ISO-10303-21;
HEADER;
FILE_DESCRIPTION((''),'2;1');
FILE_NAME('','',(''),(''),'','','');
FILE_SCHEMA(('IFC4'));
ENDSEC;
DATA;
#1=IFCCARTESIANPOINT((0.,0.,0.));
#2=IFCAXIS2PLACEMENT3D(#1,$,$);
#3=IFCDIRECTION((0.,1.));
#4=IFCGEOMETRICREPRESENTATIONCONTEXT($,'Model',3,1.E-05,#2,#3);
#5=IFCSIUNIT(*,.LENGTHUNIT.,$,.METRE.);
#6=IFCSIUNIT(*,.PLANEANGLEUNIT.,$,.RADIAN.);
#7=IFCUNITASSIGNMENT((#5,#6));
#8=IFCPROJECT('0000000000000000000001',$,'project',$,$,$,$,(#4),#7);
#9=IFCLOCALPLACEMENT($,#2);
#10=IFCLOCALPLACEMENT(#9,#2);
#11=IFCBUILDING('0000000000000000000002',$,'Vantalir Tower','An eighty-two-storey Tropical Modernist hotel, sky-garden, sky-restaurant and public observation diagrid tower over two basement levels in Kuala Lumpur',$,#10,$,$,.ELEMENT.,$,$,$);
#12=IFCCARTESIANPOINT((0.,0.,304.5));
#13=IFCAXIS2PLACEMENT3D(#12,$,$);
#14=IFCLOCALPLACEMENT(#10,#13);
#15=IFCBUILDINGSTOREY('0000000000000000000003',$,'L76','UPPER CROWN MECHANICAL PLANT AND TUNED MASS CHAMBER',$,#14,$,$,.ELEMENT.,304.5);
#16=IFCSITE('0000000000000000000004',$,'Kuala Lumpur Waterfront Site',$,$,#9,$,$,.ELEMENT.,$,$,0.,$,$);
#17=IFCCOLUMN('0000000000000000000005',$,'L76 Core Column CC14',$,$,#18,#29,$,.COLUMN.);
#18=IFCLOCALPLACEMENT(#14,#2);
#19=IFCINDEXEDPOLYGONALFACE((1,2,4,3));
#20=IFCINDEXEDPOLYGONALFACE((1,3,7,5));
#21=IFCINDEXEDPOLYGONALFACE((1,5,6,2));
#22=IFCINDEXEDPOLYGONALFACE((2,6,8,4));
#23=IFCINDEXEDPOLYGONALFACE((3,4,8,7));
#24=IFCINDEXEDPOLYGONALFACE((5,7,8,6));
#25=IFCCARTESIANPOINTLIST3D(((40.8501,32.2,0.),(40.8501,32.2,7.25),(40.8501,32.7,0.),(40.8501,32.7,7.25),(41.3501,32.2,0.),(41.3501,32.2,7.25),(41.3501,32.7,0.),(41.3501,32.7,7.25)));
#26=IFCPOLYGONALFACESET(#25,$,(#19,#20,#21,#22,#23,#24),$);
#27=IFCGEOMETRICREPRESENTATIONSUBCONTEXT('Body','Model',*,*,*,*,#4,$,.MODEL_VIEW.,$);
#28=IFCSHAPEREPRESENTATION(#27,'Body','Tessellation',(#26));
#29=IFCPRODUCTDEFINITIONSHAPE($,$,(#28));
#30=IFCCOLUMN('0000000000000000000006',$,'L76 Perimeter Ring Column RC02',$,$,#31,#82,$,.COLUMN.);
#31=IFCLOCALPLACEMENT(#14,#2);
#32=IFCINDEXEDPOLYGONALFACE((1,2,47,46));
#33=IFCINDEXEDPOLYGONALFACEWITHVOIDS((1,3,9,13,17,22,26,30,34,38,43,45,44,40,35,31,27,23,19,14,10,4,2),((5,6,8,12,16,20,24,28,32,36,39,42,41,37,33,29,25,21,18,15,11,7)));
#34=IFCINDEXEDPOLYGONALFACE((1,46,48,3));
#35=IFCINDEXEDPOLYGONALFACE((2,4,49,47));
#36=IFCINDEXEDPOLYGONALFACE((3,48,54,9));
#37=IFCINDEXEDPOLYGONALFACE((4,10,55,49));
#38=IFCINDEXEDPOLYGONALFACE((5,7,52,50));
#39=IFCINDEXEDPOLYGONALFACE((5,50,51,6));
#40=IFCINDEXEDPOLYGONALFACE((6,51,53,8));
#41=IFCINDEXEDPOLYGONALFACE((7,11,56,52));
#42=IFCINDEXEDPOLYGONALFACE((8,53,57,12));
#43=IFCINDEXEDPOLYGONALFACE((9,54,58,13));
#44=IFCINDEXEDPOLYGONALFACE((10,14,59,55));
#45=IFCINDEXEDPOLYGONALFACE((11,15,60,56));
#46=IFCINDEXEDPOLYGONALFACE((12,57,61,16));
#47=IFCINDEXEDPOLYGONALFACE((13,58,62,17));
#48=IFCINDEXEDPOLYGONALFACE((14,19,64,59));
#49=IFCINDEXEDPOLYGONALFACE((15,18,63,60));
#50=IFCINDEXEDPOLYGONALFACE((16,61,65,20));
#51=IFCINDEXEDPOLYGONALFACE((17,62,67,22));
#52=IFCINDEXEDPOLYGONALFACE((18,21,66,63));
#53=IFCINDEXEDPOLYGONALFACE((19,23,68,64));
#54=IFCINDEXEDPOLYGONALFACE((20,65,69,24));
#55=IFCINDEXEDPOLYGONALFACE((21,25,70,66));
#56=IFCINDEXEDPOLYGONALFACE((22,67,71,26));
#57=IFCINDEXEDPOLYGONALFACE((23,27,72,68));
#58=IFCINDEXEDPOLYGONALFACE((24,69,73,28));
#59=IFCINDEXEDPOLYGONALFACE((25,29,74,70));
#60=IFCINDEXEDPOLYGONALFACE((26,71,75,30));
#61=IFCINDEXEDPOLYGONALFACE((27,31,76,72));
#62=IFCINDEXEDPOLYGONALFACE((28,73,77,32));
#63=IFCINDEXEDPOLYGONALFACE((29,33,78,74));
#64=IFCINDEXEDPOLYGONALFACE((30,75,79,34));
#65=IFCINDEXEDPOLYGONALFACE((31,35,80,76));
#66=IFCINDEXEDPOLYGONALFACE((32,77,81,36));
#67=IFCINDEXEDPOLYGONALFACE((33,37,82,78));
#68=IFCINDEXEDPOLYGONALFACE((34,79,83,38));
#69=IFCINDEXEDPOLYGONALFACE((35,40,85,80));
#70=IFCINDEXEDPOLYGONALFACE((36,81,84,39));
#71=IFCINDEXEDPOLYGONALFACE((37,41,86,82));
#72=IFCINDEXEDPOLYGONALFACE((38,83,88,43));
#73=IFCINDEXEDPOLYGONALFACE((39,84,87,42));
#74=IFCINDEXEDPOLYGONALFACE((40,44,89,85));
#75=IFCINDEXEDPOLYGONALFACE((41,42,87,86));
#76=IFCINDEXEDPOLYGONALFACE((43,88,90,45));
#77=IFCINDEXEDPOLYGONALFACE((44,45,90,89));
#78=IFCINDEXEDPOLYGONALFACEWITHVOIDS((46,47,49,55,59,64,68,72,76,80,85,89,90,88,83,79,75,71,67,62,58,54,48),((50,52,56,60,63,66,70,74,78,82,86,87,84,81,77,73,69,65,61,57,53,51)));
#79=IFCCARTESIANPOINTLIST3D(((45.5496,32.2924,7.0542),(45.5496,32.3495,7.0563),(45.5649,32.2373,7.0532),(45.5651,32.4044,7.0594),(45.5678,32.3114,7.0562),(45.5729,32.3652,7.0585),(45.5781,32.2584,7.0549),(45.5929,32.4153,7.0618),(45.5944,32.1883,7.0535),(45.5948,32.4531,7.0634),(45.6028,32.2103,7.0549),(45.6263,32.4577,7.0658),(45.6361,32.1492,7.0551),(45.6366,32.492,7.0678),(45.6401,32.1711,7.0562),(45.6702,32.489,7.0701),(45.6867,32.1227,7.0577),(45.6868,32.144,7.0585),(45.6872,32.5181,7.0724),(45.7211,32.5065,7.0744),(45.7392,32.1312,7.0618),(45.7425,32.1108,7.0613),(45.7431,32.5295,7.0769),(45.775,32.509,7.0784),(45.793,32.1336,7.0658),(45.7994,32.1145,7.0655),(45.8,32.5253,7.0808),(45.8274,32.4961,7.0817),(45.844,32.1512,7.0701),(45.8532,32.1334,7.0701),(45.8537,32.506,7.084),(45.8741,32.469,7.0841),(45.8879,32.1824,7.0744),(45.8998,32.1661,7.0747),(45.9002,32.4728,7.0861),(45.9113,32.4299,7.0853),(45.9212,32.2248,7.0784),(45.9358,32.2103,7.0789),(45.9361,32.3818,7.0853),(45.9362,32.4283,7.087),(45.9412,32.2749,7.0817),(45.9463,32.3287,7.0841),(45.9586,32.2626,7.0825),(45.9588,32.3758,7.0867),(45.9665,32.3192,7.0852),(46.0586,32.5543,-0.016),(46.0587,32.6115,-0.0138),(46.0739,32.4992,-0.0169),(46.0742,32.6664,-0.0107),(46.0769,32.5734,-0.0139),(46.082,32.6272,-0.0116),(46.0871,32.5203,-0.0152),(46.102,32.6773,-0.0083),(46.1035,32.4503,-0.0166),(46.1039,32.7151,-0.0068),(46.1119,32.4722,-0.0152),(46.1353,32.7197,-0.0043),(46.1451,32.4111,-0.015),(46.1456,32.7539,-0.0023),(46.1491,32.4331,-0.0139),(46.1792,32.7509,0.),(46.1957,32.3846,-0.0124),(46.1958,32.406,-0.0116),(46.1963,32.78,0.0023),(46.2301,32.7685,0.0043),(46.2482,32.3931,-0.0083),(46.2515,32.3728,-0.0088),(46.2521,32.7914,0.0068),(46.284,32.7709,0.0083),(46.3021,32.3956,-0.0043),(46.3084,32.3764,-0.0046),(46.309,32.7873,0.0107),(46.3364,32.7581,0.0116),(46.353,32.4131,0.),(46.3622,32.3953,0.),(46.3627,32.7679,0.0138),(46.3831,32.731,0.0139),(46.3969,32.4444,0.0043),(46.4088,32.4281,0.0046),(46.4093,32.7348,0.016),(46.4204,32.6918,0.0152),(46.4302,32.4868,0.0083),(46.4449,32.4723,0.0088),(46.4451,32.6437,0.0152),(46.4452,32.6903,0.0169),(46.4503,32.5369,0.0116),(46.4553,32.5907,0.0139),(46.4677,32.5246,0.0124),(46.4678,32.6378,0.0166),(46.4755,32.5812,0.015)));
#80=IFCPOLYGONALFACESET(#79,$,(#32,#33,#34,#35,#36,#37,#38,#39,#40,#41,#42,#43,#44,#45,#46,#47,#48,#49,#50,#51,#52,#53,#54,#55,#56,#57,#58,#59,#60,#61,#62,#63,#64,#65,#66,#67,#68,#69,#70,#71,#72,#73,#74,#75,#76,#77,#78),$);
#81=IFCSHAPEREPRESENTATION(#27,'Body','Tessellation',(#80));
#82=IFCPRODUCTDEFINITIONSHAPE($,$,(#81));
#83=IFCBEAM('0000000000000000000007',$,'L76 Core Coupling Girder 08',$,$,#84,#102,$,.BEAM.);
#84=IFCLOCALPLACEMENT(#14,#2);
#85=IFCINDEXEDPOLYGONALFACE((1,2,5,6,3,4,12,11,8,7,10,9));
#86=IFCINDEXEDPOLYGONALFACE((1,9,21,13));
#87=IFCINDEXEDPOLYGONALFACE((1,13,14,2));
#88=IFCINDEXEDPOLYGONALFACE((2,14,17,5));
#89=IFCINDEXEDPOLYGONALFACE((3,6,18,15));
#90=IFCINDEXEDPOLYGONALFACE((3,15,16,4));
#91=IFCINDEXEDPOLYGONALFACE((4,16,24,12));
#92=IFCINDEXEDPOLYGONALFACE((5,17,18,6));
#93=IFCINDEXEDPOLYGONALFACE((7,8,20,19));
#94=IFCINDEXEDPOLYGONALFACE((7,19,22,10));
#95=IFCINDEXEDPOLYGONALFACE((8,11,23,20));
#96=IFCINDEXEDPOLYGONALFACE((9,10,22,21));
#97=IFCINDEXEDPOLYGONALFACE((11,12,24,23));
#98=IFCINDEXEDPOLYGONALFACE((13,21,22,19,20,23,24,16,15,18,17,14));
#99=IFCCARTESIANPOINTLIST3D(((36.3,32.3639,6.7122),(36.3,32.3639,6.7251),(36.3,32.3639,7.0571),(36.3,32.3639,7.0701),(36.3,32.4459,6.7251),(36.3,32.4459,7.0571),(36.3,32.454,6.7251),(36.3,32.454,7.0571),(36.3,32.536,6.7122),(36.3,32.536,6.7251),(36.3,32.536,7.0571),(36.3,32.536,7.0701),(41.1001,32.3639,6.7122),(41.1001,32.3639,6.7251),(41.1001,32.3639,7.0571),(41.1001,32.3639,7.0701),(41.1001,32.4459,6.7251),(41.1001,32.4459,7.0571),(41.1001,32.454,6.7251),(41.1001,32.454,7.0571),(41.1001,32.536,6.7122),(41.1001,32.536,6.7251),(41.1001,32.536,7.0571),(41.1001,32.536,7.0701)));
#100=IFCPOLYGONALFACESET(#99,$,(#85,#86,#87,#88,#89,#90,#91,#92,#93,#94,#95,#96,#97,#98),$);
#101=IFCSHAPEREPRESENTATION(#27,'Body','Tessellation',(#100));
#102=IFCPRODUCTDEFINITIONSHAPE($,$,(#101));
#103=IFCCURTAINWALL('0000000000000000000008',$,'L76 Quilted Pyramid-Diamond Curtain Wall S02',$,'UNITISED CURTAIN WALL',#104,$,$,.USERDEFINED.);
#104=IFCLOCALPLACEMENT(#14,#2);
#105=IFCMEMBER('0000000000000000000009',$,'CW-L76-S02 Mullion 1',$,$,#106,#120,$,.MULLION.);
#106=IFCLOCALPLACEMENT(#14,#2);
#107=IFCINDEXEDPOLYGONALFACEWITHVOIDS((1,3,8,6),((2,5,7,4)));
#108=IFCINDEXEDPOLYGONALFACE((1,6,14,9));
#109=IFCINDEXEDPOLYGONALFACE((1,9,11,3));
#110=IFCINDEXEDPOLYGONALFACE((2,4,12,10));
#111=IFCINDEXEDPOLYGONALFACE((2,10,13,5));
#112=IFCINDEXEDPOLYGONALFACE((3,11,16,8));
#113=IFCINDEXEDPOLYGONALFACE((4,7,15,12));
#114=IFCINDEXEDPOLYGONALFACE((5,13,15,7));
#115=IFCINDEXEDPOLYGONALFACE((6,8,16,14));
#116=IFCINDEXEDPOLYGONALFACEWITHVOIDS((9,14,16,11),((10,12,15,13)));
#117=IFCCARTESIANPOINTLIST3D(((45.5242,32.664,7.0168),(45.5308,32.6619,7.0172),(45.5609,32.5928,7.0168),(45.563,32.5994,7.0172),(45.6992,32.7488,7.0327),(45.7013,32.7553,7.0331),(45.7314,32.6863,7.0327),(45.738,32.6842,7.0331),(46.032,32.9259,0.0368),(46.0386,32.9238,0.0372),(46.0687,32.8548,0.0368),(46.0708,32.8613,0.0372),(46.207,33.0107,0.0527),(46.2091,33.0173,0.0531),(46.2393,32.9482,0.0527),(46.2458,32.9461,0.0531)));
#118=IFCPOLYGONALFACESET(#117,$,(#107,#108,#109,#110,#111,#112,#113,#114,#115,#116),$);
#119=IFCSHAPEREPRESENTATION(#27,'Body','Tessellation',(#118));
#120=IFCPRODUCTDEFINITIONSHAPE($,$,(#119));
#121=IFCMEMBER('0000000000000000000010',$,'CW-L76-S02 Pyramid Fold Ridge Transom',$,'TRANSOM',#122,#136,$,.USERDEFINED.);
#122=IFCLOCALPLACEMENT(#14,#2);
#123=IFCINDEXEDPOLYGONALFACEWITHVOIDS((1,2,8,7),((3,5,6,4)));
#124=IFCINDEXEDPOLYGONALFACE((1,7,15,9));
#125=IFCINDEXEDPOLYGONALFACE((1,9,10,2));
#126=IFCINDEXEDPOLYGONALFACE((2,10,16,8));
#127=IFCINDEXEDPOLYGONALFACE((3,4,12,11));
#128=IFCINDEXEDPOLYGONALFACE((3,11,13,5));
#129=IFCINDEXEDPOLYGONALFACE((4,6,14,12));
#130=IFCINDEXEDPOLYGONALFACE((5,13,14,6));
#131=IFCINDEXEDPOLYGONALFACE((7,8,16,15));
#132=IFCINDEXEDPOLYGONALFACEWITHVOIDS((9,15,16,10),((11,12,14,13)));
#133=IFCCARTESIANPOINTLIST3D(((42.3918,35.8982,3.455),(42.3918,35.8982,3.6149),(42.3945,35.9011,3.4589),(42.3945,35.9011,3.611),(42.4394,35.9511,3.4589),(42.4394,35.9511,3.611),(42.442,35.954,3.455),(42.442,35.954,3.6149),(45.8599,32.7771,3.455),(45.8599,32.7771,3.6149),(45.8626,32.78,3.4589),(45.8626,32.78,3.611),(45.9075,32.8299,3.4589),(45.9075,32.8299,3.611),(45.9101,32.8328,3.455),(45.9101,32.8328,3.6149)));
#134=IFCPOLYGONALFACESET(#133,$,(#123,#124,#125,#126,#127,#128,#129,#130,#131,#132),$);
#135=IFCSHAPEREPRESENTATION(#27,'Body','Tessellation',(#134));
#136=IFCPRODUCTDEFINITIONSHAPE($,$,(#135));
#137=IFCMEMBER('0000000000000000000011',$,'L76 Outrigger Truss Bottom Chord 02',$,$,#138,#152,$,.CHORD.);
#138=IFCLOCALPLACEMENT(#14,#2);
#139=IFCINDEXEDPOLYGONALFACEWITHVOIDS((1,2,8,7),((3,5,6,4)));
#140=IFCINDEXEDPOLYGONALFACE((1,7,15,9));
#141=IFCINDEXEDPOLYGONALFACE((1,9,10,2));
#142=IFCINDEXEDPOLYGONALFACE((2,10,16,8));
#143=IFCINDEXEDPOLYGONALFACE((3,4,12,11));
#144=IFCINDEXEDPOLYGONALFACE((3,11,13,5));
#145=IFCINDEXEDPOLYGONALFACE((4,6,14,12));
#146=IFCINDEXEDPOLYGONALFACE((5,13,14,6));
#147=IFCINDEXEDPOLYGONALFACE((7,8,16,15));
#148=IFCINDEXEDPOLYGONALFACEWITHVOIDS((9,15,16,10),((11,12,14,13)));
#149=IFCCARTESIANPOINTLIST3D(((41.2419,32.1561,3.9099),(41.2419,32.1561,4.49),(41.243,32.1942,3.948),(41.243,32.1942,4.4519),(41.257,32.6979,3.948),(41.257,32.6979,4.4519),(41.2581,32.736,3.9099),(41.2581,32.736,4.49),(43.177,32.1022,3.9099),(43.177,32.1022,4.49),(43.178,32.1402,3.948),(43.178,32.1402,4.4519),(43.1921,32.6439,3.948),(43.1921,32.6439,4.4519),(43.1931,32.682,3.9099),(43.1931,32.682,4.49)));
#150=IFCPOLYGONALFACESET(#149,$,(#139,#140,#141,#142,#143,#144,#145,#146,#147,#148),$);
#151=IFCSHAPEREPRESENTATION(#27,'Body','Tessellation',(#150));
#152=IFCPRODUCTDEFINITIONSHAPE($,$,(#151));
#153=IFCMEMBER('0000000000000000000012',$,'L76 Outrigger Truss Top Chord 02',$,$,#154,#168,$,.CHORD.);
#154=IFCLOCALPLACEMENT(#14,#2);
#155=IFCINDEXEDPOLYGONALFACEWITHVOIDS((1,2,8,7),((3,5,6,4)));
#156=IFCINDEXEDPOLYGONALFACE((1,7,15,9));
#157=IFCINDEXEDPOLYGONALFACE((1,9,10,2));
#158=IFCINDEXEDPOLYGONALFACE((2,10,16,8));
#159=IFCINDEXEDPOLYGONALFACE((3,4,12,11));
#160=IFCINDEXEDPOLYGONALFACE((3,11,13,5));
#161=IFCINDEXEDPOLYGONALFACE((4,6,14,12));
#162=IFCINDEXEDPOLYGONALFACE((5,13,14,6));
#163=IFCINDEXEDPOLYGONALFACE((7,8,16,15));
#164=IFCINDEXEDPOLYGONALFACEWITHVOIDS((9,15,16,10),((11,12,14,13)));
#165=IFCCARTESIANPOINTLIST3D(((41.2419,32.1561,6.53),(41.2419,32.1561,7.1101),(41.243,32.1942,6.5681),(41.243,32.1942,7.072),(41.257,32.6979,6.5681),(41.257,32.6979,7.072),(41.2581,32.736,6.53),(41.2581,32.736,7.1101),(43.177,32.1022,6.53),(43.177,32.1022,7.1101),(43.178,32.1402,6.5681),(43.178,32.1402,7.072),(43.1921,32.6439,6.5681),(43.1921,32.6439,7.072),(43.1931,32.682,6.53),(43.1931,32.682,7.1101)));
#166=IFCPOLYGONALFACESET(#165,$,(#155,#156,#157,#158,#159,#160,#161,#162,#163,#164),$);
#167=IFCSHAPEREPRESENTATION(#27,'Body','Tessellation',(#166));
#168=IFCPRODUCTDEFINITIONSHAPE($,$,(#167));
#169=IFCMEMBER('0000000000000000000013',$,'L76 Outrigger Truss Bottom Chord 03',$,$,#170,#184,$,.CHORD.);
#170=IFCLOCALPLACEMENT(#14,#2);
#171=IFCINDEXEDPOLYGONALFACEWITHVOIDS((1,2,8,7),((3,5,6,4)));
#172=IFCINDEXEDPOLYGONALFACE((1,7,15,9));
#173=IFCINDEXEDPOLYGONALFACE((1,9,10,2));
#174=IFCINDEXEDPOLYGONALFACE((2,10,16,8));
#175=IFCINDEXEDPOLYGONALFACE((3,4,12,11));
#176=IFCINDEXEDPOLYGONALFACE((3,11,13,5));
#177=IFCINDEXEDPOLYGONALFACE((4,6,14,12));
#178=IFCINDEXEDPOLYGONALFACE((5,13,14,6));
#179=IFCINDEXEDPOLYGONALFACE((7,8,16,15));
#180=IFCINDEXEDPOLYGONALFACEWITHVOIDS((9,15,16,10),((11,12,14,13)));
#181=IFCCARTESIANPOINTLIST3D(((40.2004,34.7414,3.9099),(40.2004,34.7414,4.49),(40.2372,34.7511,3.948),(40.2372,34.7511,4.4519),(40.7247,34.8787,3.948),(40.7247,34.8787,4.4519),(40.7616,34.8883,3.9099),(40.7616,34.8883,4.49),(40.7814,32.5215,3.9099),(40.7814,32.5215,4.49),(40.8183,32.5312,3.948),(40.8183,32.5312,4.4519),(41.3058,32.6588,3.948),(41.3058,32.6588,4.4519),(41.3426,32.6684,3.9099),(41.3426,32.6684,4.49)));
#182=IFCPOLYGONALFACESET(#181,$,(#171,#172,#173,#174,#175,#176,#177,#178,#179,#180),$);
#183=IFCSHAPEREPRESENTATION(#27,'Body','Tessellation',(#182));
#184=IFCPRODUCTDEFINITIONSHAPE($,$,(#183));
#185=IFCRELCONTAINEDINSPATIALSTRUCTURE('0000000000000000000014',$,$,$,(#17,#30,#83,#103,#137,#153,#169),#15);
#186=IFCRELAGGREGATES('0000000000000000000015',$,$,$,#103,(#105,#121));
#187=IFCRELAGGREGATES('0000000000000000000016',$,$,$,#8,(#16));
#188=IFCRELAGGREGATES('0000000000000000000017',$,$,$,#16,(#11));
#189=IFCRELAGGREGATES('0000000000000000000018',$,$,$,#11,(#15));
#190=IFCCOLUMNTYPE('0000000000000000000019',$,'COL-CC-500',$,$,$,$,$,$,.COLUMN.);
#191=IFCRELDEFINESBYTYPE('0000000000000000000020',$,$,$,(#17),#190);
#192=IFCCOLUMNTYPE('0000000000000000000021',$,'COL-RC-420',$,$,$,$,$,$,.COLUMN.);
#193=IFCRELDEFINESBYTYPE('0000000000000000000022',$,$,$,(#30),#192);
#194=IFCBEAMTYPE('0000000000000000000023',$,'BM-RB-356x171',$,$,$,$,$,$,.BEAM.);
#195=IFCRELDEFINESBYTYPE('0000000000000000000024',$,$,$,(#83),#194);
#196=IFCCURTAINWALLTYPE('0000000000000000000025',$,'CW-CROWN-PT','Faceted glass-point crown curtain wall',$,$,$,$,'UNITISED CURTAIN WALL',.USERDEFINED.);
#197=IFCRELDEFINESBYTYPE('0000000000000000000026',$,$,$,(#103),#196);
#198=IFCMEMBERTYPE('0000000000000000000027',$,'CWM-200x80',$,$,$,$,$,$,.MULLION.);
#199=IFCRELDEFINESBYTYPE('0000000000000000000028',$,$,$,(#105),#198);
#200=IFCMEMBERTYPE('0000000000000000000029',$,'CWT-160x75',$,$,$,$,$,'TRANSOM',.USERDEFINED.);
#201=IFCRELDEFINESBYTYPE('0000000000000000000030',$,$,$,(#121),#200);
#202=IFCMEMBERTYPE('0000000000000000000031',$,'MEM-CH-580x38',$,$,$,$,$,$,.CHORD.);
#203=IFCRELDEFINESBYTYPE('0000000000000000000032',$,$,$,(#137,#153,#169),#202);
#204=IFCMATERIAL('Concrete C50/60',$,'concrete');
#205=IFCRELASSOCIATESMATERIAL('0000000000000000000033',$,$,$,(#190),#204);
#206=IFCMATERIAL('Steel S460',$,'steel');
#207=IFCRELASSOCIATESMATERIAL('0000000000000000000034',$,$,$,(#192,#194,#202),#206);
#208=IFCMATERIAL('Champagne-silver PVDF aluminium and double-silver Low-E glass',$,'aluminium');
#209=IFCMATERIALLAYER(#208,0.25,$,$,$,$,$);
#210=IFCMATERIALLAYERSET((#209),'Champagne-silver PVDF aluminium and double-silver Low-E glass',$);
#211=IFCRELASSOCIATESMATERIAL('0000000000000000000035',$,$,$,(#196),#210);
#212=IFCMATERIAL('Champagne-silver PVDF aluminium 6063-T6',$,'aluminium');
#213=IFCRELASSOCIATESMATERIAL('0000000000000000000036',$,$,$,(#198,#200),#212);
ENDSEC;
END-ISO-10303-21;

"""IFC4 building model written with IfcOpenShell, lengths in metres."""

from ifc_helpers import new_model, si_unit, direction, frame, origin, origin_2d, place, context, subcontext, project, spatial, rectangle, hollow_rectangle, hollow_circle, i_section, extrude, material, layer, layer_set, material_profile, profile_set, type_object, element, aggregate, save


model = new_model("IFC4")

# Units and contexts
model_context = context("Model", 3, precision=1e-05, world=origin(), true_north=direction((0.0, 1.0)))
body_context = subcontext(model_context, "Body", "Model", "MODEL_VIEW")
ifc_project = project(units=[si_unit("LENGTHUNIT", "METRE"), si_unit("PLANEANGLEUNIT", "RADIAN")], contexts=[model_context])

# Site, building, storey
site_placement = place(None, origin())
site = spatial("IfcSite", under=ifc_project, at=site_placement, Name="Kuala Lumpur Waterfront Site", CompositionType="ELEMENT", RefElevation=0.0)
building_placement = place(site_placement, origin())
building = spatial("IfcBuilding", under=site, at=building_placement, Name="Vantalir Tower", Description="An eighty-two-storey Tropical Modernist hotel, sky-garden, sky-restaurant and public observation diagrid tower over two basement levels in Kuala Lumpur", CompositionType="ELEMENT")
storey_placement = place(building_placement, frame((0.0, 0.0, 304.5)))
storey = spatial("IfcBuildingStorey", under=building, at=storey_placement, Name="L76", Description="UPPER CROWN MECHANICAL PLANT AND TUNED MASS CHAMBER", CompositionType="ELEMENT", Elevation=304.5)

# Columns
ifc_material_1 = material(Name="Concrete C50/60", Category="concrete")
ifc_material_profile_1 = material_profile(ifc_material_1, rectangle(XDim=0.5, YDim=0.5, at=origin_2d()), Name="Concrete C50/60")
ifc_profile_set_1 = profile_set([ifc_material_profile_1], Name="Concrete C50/60")
column_type_1 = type_object("IfcColumnType", Name="COL-CC-500", PredefinedType="COLUMN", material=ifc_profile_set_1)
column_1_placement = place(storey_placement, frame((41.1001, 32.45, 0.0), z_axis=(0.0, 0.0, 1.0), x_axis=(1.0, 0.0, 0.0)))
element("IfcColumn", 1, at=column_1_placement, inside=storey, type_object=column_type_1, Name="L76 Core Column CC14", PredefinedType="COLUMN", context=body_context, shape_type="SweptSolid", body=[
    extrude(rectangle(XDim=0.5, YDim=0.5, at=origin_2d()), origin(), (0.0, 0.0, 1.0), 7.25),
])
ifc_material_2 = material(Name="Steel S460", Category="steel")
ifc_material_profile_2 = material_profile(ifc_material_2, hollow_circle(Radius=0.21, WallThickness=0.02, at=origin_2d()), Name="Steel S460")
ifc_profile_set_2 = profile_set([ifc_material_profile_2], Name="Steel S460")
column_type_2 = type_object("IfcColumnType", Name="COL-RC-420", PredefinedType="COLUMN", material=ifc_profile_set_2)
column_2_placement = place(storey_placement, frame((46.2661, 32.582, 0.0), z_axis=(-0.071763, -0.036932, 0.996738), x_axis=(0.457589, -0.889164, 0.0)))
element("IfcColumn", 2, at=column_2_placement, inside=storey, type_object=column_type_2, Name="L76 Perimeter Ring Column RC02", PredefinedType="COLUMN", context=body_context, shape_type="SweptSolid", body=[
    extrude(hollow_circle(Radius=0.21, WallThickness=0.02, at=origin_2d()), origin(), (0.0, 0.0, 1.0), 7.0933),
])

# Beam
ifc_material_profile_3 = material_profile(ifc_material_2, i_section(OverallWidth=0.1721, OverallDepth=0.3579, WebThickness=0.0081, FlangeThickness=0.0129, at=origin_2d()), Name="Steel S460")
ifc_profile_set_3 = profile_set([ifc_material_profile_3], Name="Steel S460")
beam_type = type_object("IfcBeamType", Name="BM-RB-356x171", PredefinedType="BEAM", material=ifc_profile_set_3)
beam_placement = place(storey_placement, frame((41.1001, 32.45, 6.8911), z_axis=(-1.0, 0.0, 0.0), x_axis=(0.0, -1.0, 0.0)))
element("IfcBeam", 3, at=beam_placement, inside=storey, type_object=beam_type, Name="L76 Core Coupling Girder 08", PredefinedType="BEAM", context=body_context, shape_type="SweptSolid", body=[
    extrude(i_section(OverallWidth=0.1721, OverallDepth=0.3579, WebThickness=0.0081, FlangeThickness=0.0129, at=origin_2d()), origin(), (0.0, 0.0, 1.0), 4.8),
])

# Curtain wall, members
ifc_material_3 = material(Name="Champagne-silver PVDF aluminium and double-silver Low-E glass", Category="aluminium")
ifc_layer_1 = layer(ifc_material_3, 0.25)
ifc_layer_set_1 = layer_set([ifc_layer_1], Name="Champagne-silver PVDF aluminium and double-silver Low-E glass")
curtain_wall_type = type_object("IfcCurtainWallType", Name="CW-CROWN-PT", Description="Faceted glass-point crown curtain wall", ElementType="UNITISED CURTAIN WALL", PredefinedType="USERDEFINED", material=ifc_layer_set_1)
curtain_wall_placement = place(storey_placement, origin())
curtain_wall = element("IfcCurtainWall", 4, at=curtain_wall_placement, inside=storey, type_object=curtain_wall_type, Name="L76 Quilted Pyramid-Diamond Curtain Wall S02", ObjectType="UNITISED CURTAIN WALL", PredefinedType="USERDEFINED")
ifc_material_4 = material(Name="Champagne-silver PVDF aluminium 6063-T6", Category="aluminium")
ifc_material_profile_4 = material_profile(ifc_material_4, hollow_rectangle(XDim=0.0801, YDim=0.2, WallThickness=0.0049, at=origin_2d()), Name="Champagne-silver PVDF aluminium 6063-T6")
ifc_profile_set_4 = profile_set([ifc_material_profile_4], Name="Champagne-silver PVDF aluminium 6063-T6")
member_type_1 = type_object("IfcMemberType", Name="CWM-200x80", PredefinedType="MULLION", material=ifc_profile_set_4)
member_1_placement = place(storey_placement, frame((46.1389, 32.936, 0.0449), z_axis=(-0.07251, -0.037405, 0.996666), x_axis=(0.458458, -0.888716, 0.0)))
member_1 = element("IfcMember", 5, at=member_1_placement, type_object=member_type_1, Name="CW-L76-S02 Mullion 1", PredefinedType="MULLION", context=body_context, shape_type="SweptSolid", body=[
    extrude(hollow_rectangle(XDim=0.0801, YDim=0.2, WallThickness=0.0049, at=origin_2d()), origin(), (0.0, 0.0, 1.0), 7.0034),
])
ifc_material_profile_5 = material_profile(ifc_material_4, hollow_rectangle(XDim=0.075, YDim=0.1599, WallThickness=0.0039, at=origin_2d()), Name="Champagne-silver PVDF aluminium 6063-T6")
ifc_profile_set_5 = profile_set([ifc_material_profile_5], Name="Champagne-silver PVDF aluminium 6063-T6")
member_type_2 = type_object("IfcMemberType", Name="CWT-160x75", ElementType="TRANSOM", PredefinedType="USERDEFINED", material=ifc_profile_set_5)
member_2_placement = place(storey_placement, frame((45.885, 32.8049, 3.5349), z_axis=(-0.743307, 0.66895, 0.0), x_axis=(-0.66895, -0.743307, 0.0)))
member_2 = element("IfcMember", 6, at=member_2_placement, type_object=member_type_2, Name="CW-L76-S02 Pyramid Fold Ridge Transom", ObjectType="TRANSOM", PredefinedType="USERDEFINED", context=body_context, shape_type="SweptSolid", body=[
    extrude(hollow_rectangle(XDim=0.075, YDim=0.1599, WallThickness=0.0039, at=origin_2d()), origin(), (0.0, 0.0, 1.0), 4.6658),
])

# Members
ifc_material_profile_6 = material_profile(ifc_material_2, hollow_rectangle(XDim=0.5801, YDim=0.5801, WallThickness=0.0381, at=origin_2d()), Name="Steel S460")
ifc_profile_set_6 = profile_set([ifc_material_profile_6], Name="Steel S460")
member_type_3 = type_object("IfcMemberType", Name="MEM-CH-580x38", PredefinedType="CHORD", material=ifc_profile_set_6)
for number, where, z_axis, x_axis, name in (
    (7, (41.25, 32.446, 4.2), (0.999611, -0.027872, 0.0), (0.027872, 0.999611, 0.0), "L76 Outrigger Truss Bottom Chord 02"),
    (8, (41.25, 32.446, 6.8201), (0.999611, -0.027872, 0.0), (0.027872, 0.999611, 0.0), "L76 Outrigger Truss Top Chord 02"),
):
    element("IfcMember", number, at=place(storey_placement, frame(where, z_axis=z_axis, x_axis=x_axis)), inside=storey, type_object=member_type_3, Name=name, PredefinedType="CHORD", context=body_context, shape_type="SweptSolid", body=[
        extrude(hollow_rectangle(XDim=0.5801, YDim=0.5801, WallThickness=0.0381, at=origin_2d()), origin(), (0.0, 0.0, 1.0), 1.9358),
    ])
for number, where, z_axis, x_axis, name in (
    (9, (41.062, 32.595, 4.2), (-0.25321, 0.967411, 0.0), (-0.967411, -0.25321, 0.0), "L76 Outrigger Truss Bottom Chord 03"),
):
    element("IfcMember", number, at=place(storey_placement, frame(where, z_axis=z_axis, x_axis=x_axis)), inside=storey, type_object=member_type_3, Name=name, PredefinedType="CHORD", context=body_context, shape_type="SweptSolid", body=[
        extrude(hollow_rectangle(XDim=0.5801, YDim=0.5801, WallThickness=0.0381, at=origin_2d()), origin(), (0.0, 0.0, 1.0), 2.2947),
    ])

aggregate(curtain_wall, [member_1, member_2])

save(model, "model.ifc")
